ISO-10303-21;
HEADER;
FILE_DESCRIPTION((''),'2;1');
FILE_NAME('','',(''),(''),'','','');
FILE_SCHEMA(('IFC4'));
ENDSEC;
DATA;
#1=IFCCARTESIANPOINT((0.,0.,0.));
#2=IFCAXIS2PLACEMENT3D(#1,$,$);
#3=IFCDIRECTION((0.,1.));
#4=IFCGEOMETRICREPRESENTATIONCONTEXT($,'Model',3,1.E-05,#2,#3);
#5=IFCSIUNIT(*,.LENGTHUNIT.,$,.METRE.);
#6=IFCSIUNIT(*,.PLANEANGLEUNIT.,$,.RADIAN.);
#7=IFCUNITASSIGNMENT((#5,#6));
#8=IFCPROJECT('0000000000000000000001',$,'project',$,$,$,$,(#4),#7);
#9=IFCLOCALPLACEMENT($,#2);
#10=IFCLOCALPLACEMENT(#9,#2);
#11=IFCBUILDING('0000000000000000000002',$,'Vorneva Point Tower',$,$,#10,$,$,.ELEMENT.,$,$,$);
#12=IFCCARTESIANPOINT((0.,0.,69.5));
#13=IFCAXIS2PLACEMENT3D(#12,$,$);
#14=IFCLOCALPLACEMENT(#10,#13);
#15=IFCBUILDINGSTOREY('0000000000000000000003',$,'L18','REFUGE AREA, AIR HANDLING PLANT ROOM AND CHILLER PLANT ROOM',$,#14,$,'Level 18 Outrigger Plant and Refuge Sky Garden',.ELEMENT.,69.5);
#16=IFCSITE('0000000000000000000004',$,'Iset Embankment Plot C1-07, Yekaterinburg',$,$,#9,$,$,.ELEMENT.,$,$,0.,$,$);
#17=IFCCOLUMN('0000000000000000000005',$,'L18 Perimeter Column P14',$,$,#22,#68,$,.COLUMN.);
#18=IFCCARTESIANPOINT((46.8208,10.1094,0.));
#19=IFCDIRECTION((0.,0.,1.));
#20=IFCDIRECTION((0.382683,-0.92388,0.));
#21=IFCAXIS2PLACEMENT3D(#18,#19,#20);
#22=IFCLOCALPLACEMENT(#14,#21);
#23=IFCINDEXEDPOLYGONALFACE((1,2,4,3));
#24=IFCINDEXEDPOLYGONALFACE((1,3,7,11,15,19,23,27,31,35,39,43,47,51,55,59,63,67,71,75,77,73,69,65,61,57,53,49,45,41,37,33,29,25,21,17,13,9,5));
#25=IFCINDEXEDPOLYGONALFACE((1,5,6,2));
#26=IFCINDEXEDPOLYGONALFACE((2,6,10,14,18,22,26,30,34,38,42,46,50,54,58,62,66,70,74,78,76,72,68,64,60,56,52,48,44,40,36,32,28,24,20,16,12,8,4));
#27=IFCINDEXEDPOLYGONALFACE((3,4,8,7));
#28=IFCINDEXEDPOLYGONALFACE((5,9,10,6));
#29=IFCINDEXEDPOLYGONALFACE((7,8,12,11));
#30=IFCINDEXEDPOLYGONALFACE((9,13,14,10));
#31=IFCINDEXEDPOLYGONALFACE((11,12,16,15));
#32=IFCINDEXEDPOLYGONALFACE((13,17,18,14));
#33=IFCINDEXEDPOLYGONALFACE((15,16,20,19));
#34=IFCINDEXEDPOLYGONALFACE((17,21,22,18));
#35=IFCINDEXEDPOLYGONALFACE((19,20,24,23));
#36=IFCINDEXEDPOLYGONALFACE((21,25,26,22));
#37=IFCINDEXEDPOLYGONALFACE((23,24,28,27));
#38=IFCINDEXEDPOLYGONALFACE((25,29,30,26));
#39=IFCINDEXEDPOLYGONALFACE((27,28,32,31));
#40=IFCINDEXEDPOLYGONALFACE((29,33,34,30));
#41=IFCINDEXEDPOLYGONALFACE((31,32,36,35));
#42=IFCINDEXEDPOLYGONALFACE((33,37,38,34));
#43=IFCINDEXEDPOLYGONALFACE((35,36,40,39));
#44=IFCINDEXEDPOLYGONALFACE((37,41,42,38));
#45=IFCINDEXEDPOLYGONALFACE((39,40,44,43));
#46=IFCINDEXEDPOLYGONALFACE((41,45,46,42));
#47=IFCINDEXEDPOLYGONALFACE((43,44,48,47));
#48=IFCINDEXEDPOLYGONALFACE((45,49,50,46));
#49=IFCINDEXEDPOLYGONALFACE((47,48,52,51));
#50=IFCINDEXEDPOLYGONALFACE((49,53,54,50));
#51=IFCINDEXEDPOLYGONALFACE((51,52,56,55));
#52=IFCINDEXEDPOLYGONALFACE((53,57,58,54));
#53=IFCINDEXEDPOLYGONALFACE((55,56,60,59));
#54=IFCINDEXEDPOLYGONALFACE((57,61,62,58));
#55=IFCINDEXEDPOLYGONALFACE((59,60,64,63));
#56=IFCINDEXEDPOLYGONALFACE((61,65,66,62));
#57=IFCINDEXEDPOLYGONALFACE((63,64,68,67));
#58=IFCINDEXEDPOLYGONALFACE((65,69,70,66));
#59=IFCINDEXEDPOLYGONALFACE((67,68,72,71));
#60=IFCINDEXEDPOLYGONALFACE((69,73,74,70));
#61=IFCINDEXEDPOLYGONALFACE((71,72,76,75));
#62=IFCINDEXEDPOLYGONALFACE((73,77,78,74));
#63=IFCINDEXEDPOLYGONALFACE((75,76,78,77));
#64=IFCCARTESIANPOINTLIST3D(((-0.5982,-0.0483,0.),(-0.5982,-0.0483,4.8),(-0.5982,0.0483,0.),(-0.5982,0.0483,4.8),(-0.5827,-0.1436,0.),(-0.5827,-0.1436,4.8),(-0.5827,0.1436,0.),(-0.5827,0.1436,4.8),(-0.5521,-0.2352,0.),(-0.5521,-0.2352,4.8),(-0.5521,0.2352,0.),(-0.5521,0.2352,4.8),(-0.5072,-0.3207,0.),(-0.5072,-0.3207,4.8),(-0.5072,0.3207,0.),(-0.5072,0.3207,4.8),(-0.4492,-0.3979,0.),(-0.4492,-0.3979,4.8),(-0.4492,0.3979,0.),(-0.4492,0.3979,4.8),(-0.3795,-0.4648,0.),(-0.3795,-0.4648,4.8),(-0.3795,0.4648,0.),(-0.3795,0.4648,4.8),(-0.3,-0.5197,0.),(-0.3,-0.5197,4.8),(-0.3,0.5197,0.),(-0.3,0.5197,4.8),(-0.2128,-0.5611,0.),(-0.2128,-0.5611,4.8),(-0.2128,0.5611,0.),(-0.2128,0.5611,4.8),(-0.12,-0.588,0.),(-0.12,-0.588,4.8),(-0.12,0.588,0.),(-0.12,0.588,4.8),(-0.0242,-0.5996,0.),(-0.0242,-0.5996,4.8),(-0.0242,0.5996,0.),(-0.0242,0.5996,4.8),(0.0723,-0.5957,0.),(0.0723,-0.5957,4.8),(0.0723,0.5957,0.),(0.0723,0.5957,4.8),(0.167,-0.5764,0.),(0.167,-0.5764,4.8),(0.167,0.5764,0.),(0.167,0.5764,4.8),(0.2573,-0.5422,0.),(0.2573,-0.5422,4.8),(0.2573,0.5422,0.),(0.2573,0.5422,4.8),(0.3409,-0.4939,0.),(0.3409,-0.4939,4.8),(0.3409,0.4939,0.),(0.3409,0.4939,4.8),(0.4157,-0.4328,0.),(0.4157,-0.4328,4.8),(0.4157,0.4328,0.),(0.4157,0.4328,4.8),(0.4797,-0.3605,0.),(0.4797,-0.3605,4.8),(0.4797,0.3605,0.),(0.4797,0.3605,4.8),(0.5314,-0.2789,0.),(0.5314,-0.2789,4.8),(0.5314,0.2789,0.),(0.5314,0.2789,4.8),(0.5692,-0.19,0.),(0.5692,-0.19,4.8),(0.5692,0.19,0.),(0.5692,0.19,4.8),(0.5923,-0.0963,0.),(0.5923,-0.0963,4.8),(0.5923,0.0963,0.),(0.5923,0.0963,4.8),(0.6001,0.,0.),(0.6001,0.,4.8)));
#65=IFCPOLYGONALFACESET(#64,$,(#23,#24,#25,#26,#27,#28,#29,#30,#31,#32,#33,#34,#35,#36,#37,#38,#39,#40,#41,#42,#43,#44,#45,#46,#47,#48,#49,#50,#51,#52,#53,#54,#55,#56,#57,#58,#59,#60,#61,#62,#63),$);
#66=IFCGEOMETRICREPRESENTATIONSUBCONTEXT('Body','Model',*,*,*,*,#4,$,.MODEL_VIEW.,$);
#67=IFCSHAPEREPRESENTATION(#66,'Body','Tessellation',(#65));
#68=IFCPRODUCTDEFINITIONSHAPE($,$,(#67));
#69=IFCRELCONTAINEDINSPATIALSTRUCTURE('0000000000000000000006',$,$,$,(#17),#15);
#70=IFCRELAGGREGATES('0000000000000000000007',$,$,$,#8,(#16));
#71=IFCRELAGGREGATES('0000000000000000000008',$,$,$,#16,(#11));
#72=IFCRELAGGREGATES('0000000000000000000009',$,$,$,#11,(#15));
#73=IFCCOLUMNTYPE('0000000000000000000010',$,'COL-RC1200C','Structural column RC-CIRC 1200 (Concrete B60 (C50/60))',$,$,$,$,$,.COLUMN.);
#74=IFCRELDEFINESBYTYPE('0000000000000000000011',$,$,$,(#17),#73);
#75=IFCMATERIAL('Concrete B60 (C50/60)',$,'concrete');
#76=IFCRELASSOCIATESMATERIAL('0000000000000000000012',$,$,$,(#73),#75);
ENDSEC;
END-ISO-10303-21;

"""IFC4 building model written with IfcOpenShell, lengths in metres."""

from ifc_helpers import new_model, si_unit, direction, frame, origin, origin_2d, place, context, subcontext, project, spatial, circle, extrude, material, material_profile, profile_set, type_object, element, save


model = new_model("IFC4")

# Units and contexts
model_context = context("Model", 3, precision=1e-05, world=origin(), true_north=direction((0.0, 1.0)))
body_context = subcontext(model_context, "Body", "Model", "MODEL_VIEW")
ifc_project = project(units=[si_unit("LENGTHUNIT", "METRE"), si_unit("PLANEANGLEUNIT", "RADIAN")], contexts=[model_context])

# Site, building, storey
site_placement = place(None, origin())
site = spatial("IfcSite", under=ifc_project, at=site_placement, Name="Iset Embankment Plot C1-07, Yekaterinburg", CompositionType="ELEMENT", RefElevation=0.0)
building_placement = place(site_placement, origin())
building = spatial("IfcBuilding", under=site, at=building_placement, Name="Vorneva Point Tower", CompositionType="ELEMENT")
storey_placement = place(building_placement, frame((0.0, 0.0, 69.5)))
storey = spatial("IfcBuildingStorey", under=building, at=storey_placement, Name="L18", Description="REFUGE AREA, AIR HANDLING PLANT ROOM AND CHILLER PLANT ROOM", LongName="Level 18 Outrigger Plant and Refuge Sky Garden", CompositionType="ELEMENT", Elevation=69.5)

# Column
ifc_material_1 = material(Name="Concrete B60 (C50/60)", Category="concrete")
ifc_material_profile_1 = material_profile(ifc_material_1, circle(Radius=0.6001, at=origin_2d()), Name="RC-CIRC 1200")
ifc_profile_set_1 = profile_set([ifc_material_profile_1], Name="Concrete B60 (C50/60)")
column_type_1 = type_object("IfcColumnType", Name="COL-RC1200C", Description="Structural column RC-CIRC 1200 (Concrete B60 (C50/60))", PredefinedType="COLUMN", material=ifc_profile_set_1)
for number, where, z_axis, x_axis, name in (
    (1, (46.8208, 10.1094, 0.0), (0.0, 0.0, 1.0), (0.382683, -0.92388, 0.0), "L18 Perimeter Column P14"),
):
    element("IfcColumn", number, at=place(storey_placement, frame(where, z_axis=z_axis, x_axis=x_axis)), inside=storey, type_object=column_type_1, Name=name, PredefinedType="COLUMN", context=body_context, shape_type="SweptSolid", body=[
        extrude(circle(Radius=0.6001, at=origin_2d()), origin(), (0.0, 0.0, 1.0), 4.8),
    ])

save(model, "model.ifc")
